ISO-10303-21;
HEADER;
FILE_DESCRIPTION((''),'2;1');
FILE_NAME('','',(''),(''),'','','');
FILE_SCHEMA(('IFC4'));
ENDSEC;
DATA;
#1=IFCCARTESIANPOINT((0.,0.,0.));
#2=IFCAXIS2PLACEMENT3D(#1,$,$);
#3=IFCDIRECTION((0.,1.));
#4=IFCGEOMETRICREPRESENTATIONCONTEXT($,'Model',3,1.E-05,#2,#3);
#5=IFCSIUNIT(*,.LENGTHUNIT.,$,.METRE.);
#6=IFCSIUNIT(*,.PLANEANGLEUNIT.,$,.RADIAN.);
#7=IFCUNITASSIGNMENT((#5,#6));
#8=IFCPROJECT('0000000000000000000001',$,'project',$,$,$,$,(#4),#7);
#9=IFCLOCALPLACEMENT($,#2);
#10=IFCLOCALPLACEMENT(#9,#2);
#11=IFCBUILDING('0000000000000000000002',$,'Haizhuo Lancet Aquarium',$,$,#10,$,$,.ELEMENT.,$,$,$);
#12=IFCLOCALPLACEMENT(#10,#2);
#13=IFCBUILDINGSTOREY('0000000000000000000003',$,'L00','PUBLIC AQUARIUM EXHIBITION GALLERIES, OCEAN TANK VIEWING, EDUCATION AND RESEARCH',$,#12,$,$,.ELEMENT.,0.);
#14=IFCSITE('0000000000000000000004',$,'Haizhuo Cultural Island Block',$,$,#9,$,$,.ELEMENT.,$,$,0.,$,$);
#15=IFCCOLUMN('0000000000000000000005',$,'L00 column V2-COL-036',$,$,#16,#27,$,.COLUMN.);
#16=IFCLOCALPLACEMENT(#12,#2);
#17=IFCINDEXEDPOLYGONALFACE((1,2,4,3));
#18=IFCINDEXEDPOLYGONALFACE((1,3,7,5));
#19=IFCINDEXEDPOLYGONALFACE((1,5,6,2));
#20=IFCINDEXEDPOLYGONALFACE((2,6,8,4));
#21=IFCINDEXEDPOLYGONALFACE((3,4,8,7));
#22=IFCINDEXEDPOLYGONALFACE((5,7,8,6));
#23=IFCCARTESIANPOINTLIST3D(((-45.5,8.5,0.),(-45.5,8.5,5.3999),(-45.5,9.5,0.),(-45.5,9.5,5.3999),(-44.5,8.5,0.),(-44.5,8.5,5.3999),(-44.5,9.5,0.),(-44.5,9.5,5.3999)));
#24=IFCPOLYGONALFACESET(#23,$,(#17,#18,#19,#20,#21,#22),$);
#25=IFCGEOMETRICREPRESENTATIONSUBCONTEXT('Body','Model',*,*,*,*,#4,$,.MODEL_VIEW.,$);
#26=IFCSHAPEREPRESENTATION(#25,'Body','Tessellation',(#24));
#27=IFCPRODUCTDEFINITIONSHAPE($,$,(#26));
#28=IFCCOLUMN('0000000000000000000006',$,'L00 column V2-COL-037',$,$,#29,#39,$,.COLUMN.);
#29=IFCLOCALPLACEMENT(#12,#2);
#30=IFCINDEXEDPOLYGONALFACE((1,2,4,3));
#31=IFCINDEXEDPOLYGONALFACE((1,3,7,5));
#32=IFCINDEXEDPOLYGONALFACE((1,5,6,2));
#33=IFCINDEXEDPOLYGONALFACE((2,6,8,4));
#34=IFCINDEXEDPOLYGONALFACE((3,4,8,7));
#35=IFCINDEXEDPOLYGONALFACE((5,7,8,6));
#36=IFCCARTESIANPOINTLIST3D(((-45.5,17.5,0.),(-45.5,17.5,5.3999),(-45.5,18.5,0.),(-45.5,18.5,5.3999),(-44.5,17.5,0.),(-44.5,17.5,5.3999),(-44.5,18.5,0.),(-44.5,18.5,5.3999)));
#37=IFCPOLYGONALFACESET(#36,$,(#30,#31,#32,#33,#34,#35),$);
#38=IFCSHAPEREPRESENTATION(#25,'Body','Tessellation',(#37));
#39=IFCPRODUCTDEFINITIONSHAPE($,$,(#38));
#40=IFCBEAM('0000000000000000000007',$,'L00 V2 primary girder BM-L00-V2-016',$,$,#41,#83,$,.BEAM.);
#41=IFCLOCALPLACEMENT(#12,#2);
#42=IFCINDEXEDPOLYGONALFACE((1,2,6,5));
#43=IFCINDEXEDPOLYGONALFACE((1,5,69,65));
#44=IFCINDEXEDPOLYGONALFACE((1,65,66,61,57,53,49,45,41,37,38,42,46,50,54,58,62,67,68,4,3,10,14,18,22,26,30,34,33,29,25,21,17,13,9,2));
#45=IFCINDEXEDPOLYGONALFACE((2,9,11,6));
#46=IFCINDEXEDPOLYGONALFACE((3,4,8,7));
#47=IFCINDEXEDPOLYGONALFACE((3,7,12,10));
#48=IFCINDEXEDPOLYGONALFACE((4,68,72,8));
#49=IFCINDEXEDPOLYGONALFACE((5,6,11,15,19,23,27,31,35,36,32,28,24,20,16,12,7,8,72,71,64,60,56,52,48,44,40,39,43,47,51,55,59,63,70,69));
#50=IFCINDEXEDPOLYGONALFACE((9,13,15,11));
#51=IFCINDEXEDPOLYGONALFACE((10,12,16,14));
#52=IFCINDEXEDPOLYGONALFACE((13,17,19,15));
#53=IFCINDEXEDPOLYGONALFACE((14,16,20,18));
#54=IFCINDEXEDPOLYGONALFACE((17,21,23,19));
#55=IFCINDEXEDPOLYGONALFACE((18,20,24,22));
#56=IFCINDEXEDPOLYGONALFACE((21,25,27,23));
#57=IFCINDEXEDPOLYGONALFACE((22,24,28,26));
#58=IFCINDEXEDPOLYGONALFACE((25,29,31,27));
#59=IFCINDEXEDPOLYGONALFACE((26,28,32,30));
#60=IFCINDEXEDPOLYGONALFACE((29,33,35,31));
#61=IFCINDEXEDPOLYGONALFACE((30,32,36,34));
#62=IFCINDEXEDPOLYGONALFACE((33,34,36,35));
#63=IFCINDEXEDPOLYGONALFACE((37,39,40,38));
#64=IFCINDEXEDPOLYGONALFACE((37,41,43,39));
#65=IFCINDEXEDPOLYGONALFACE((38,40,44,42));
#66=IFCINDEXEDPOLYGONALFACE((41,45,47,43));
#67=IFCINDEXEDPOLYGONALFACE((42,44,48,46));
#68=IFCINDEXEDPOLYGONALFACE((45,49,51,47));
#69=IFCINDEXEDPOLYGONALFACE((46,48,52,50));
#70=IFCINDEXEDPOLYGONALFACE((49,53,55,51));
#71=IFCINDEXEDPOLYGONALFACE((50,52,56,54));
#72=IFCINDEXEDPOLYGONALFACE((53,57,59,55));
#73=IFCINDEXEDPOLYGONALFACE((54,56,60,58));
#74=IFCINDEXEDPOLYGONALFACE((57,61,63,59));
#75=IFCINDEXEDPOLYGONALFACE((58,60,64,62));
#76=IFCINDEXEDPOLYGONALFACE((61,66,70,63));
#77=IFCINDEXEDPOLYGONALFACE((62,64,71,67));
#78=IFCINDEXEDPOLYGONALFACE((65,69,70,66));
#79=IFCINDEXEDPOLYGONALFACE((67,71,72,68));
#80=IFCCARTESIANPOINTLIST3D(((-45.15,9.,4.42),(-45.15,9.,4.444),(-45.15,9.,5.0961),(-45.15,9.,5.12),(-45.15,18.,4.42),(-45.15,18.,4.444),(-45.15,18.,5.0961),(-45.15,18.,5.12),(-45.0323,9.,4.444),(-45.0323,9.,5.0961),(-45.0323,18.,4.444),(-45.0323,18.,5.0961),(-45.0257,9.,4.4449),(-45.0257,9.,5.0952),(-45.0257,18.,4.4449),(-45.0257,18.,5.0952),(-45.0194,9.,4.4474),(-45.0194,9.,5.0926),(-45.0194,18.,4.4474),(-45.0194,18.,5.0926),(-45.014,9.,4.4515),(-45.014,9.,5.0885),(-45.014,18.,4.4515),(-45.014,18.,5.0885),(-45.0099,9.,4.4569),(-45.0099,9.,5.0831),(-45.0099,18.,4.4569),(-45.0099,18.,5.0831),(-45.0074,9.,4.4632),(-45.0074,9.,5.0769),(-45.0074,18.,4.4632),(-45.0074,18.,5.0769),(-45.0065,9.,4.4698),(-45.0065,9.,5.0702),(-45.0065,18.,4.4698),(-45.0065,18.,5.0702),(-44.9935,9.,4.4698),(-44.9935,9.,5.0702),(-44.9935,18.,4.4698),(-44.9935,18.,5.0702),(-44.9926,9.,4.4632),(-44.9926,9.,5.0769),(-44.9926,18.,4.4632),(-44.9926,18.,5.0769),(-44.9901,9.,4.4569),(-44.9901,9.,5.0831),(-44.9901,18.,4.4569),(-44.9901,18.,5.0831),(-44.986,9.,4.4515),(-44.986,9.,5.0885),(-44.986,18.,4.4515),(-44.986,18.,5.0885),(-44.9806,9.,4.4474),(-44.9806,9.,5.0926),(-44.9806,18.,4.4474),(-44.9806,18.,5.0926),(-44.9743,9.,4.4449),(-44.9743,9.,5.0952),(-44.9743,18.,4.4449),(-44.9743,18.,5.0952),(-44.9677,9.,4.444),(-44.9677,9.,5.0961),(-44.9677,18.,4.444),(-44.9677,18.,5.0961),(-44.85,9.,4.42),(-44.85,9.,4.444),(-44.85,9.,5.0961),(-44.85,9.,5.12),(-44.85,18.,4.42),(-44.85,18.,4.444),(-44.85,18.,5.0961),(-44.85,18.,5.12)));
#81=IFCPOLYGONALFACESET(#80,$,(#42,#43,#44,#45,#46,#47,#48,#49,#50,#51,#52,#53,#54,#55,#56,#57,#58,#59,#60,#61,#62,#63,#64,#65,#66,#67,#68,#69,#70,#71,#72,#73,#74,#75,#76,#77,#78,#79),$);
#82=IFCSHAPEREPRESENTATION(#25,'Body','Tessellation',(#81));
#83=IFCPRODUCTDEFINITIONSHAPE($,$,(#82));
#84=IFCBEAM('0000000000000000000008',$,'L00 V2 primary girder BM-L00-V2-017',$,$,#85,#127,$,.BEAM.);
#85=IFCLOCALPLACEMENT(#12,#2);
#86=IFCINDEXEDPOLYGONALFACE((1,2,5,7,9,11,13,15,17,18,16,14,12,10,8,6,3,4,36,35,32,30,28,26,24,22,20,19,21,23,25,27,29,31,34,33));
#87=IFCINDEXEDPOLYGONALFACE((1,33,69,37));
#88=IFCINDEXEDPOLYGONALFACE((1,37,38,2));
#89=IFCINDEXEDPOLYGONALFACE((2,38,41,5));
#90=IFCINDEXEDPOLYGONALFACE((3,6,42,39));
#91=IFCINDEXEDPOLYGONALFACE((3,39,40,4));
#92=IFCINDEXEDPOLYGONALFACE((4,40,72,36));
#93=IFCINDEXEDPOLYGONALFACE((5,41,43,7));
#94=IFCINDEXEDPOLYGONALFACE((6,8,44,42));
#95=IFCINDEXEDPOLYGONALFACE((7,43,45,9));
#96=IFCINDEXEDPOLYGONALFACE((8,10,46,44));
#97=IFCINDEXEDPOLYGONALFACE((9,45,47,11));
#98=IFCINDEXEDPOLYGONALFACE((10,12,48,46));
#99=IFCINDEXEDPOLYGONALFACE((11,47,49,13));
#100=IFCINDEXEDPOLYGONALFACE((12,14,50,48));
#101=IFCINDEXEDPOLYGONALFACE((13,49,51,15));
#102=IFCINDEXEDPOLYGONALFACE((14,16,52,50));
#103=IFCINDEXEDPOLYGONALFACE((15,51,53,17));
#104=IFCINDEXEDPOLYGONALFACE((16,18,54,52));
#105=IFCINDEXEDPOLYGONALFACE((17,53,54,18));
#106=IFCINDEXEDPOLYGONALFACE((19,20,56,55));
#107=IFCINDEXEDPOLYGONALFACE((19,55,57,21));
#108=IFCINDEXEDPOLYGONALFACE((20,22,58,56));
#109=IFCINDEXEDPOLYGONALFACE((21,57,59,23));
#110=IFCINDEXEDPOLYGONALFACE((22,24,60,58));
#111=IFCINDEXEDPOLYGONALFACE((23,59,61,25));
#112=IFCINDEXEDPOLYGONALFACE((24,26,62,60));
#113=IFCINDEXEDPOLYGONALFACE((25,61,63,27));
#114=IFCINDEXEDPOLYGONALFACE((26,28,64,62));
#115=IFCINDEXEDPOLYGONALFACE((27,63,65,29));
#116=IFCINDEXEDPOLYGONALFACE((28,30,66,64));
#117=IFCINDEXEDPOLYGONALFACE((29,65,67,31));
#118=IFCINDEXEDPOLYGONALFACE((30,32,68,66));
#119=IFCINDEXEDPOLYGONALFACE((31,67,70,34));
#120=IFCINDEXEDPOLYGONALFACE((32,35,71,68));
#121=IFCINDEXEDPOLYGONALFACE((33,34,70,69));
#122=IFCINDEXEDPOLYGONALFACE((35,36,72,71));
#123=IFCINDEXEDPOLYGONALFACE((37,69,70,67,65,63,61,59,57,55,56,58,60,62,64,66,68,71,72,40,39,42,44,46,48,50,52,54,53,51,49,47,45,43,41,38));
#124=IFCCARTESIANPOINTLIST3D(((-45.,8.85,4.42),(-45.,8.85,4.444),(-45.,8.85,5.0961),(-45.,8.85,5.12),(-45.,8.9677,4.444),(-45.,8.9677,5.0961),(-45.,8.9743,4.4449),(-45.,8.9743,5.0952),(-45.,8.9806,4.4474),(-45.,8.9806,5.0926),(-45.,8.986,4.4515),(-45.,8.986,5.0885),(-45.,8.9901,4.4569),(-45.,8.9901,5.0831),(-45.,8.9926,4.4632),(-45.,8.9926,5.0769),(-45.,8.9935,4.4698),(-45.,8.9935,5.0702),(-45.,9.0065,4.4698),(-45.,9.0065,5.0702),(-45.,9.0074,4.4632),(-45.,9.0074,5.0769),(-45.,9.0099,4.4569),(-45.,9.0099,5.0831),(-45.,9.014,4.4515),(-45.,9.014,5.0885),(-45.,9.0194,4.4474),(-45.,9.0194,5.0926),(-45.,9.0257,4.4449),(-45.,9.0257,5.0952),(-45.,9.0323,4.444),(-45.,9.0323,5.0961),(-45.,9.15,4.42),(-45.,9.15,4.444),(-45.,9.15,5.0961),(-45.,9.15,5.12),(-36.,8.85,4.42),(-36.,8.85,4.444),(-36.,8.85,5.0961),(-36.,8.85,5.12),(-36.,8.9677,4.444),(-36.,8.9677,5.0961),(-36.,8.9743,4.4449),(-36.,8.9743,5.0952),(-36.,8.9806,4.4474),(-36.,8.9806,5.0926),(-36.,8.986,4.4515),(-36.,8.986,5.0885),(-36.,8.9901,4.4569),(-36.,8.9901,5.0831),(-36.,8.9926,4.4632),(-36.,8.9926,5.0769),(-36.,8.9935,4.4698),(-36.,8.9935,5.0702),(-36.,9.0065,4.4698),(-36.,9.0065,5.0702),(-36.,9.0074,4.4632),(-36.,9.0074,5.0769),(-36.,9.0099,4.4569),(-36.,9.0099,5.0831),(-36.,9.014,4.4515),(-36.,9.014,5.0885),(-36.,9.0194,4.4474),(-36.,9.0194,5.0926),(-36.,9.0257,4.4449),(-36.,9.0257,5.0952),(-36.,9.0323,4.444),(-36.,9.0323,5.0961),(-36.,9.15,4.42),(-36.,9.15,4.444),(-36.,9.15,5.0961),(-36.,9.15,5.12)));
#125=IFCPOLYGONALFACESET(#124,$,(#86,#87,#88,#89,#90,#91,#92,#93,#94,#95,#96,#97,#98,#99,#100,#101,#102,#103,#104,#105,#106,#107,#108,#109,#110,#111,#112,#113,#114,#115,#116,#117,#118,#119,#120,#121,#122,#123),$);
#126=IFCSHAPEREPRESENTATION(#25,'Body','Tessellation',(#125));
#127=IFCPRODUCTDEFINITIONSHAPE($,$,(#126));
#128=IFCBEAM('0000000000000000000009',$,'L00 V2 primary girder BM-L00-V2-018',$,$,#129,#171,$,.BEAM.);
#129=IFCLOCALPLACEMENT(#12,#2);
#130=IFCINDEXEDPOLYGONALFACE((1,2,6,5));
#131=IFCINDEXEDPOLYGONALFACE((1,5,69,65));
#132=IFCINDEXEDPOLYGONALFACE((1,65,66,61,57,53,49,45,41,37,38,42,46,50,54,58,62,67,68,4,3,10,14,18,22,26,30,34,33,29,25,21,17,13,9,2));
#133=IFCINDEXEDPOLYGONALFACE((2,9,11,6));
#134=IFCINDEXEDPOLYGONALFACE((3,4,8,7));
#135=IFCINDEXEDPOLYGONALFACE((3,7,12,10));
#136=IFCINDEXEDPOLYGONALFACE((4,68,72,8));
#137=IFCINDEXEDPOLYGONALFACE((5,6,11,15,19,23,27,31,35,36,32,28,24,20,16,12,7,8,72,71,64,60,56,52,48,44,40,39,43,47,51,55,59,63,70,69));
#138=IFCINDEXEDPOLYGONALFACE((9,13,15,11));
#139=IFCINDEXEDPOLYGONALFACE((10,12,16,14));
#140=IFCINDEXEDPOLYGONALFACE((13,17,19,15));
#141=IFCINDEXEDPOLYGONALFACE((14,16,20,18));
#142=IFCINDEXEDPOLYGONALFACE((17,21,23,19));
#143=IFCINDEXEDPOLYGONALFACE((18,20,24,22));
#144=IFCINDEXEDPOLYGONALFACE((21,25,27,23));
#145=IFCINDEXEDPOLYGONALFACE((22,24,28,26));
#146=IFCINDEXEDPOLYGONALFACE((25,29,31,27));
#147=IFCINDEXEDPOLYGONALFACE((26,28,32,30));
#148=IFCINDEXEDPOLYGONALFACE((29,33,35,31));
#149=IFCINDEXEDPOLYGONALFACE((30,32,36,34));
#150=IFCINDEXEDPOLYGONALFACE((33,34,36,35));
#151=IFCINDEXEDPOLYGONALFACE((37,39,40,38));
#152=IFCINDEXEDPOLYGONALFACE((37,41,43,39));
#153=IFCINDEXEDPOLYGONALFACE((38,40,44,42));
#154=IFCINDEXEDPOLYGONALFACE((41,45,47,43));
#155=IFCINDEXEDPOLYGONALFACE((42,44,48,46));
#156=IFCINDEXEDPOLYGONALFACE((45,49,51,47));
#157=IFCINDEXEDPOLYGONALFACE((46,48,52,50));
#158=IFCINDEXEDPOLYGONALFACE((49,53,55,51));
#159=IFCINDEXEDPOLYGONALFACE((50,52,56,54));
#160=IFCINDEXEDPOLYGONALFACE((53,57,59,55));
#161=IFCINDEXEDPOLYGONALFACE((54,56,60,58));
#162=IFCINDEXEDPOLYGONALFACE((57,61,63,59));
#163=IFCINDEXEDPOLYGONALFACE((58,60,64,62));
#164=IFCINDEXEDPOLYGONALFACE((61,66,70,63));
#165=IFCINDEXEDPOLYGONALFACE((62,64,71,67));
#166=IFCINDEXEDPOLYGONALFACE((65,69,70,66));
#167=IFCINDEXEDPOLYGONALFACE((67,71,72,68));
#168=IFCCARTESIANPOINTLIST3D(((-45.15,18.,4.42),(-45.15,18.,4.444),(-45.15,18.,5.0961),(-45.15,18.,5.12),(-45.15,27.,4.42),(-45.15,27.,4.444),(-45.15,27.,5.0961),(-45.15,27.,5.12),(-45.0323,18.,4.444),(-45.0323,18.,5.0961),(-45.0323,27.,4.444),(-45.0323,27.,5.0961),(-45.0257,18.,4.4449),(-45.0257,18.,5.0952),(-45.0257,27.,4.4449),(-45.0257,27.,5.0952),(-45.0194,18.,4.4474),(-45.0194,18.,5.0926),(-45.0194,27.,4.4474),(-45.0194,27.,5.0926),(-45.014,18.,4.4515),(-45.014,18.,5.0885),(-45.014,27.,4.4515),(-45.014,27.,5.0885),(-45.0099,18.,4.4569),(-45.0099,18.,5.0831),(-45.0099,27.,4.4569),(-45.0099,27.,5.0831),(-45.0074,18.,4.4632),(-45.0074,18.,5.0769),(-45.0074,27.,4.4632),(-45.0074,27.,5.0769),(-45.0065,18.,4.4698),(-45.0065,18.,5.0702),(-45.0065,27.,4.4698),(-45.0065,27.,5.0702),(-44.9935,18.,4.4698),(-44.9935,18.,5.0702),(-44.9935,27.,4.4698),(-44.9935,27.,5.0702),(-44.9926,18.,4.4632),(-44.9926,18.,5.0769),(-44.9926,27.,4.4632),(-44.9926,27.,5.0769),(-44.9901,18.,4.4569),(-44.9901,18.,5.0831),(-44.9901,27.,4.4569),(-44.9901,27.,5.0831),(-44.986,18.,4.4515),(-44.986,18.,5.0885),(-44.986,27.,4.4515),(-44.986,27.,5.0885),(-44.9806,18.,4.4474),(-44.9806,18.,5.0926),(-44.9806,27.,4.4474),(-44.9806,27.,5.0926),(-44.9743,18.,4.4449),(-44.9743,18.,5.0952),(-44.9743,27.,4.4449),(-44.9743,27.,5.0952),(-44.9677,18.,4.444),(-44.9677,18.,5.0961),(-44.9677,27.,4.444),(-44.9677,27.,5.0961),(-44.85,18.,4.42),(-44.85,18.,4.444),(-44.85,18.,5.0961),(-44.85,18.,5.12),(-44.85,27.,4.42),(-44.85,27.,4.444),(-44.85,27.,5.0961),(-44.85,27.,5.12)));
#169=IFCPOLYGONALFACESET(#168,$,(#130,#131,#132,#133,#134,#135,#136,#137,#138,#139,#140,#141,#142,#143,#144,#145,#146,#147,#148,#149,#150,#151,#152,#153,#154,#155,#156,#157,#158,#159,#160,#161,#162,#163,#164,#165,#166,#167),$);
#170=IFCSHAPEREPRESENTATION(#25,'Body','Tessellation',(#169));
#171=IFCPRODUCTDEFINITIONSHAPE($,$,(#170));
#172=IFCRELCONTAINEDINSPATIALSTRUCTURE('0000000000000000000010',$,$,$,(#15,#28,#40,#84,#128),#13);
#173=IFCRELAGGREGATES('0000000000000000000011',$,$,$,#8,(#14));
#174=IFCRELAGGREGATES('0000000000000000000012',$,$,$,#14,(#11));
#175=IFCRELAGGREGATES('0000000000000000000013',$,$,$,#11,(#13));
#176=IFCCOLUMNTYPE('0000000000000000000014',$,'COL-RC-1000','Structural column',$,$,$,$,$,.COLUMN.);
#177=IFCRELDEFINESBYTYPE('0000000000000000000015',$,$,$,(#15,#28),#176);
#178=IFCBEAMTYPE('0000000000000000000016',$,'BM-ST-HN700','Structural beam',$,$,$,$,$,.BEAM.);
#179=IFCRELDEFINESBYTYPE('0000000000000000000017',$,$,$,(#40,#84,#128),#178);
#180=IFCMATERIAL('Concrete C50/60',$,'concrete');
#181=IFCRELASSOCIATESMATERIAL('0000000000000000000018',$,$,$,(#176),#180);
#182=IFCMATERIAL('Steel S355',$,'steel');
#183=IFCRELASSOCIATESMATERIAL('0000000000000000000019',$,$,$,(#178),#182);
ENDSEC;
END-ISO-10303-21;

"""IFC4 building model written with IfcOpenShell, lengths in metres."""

from ifc_helpers import new_model, si_unit, direction, frame, origin, origin_2d, place, context, subcontext, project, spatial, rectangle, i_section, extrude, material, material_profile, profile_set, type_object, element, save


model = new_model("IFC4")

# Units and contexts
model_context = context("Model", 3, precision=1e-05, world=origin(), true_north=direction((0.0, 1.0)))
body_context = subcontext(model_context, "Body", "Model", "MODEL_VIEW")
ifc_project = project(units=[si_unit("LENGTHUNIT", "METRE"), si_unit("PLANEANGLEUNIT", "RADIAN")], contexts=[model_context])

# Site, building, storey
site_placement = place(None, origin())
site = spatial("IfcSite", under=ifc_project, at=site_placement, Name="Haizhuo Cultural Island Block", CompositionType="ELEMENT", RefElevation=0.0)
building_placement = place(site_placement, origin())
building = spatial("IfcBuilding", under=site, at=building_placement, Name="Haizhuo Lancet Aquarium", CompositionType="ELEMENT")
storey_placement = place(building_placement, origin())
storey = spatial("IfcBuildingStorey", under=building, at=storey_placement, Name="L00", Description="PUBLIC AQUARIUM EXHIBITION GALLERIES, OCEAN TANK VIEWING, EDUCATION AND RESEARCH", CompositionType="ELEMENT", Elevation=0.0)

# Columns
ifc_material_1 = material(Name="Concrete C50/60", Category="concrete")
ifc_material_profile_1 = material_profile(ifc_material_1, rectangle(XDim=1.0, YDim=1.0, at=origin_2d()), Name="RC-COL 1000x1000")
ifc_profile_set_1 = profile_set([ifc_material_profile_1], Name="Concrete C50/60")
column_type = type_object("IfcColumnType", Name="COL-RC-1000", Description="Structural column", PredefinedType="COLUMN", material=ifc_profile_set_1)
for number, where, z_axis, x_axis, name in (
    (1, (-45.0, 9.0, 0.0), (0.0, 0.0, 1.0), (1.0, 0.0, 0.0), "L00 column V2-COL-036"),
    (2, (-45.0, 18.0, 0.0), (0.0, 0.0, 1.0), (1.0, 0.0, 0.0), "L00 column V2-COL-037"),
):
    element("IfcColumn", number, at=place(storey_placement, frame(where, z_axis=z_axis, x_axis=x_axis)), inside=storey, type_object=column_type, Name=name, PredefinedType="COLUMN", context=body_context, shape_type="SweptSolid", body=[
        extrude(rectangle(XDim=1.0, YDim=1.0, at=origin_2d()), origin(), (0.0, 0.0, 1.0), 5.3999),
    ])

# Beams
ifc_material_2 = material(Name="Steel S355", Category="steel")
ifc_material_profile_2 = material_profile(ifc_material_2, i_section(OverallWidth=0.3, OverallDepth=0.7, WebThickness=0.0129, FlangeThickness=0.0239, FilletRadius=0.0259, at=origin_2d()), Name="HN 700x300x13x24")
ifc_profile_set_2 = profile_set([ifc_material_profile_2], Name="Steel S355")
beam_type_1 = type_object("IfcBeamType", Name="BM-ST-HN700", Description="Structural beam", PredefinedType="BEAM", material=ifc_profile_set_2)
for number, where, z_axis, x_axis, name in (
    (3, (-45.0, 9.0, 4.77), (0.0, 1.0, 0.0), (-1.0, 0.0, 0.0), "L00 V2 primary girder BM-L00-V2-016"),
    (4, (-45.0, 9.0, 4.77), (1.0, 0.0, 0.0), (0.0, 1.0, 0.0), "L00 V2 primary girder BM-L00-V2-017"),
    (5, (-45.0, 18.0, 4.77), (0.0, 1.0, 0.0), (-1.0, 0.0, 0.0), "L00 V2 primary girder BM-L00-V2-018"),
):
    element("IfcBeam", number, at=place(storey_placement, frame(where, z_axis=z_axis, x_axis=x_axis)), inside=storey, type_object=beam_type_1, Name=name, PredefinedType="BEAM", context=body_context, shape_type="SweptSolid", body=[
        extrude(i_section(OverallWidth=0.3, OverallDepth=0.7, WebThickness=0.0129, FlangeThickness=0.0239, FilletRadius=0.0259, at=origin_2d()), origin(), (0.0, 0.0, 1.0), 9.0),
    ])

save(model, "model.ifc")
